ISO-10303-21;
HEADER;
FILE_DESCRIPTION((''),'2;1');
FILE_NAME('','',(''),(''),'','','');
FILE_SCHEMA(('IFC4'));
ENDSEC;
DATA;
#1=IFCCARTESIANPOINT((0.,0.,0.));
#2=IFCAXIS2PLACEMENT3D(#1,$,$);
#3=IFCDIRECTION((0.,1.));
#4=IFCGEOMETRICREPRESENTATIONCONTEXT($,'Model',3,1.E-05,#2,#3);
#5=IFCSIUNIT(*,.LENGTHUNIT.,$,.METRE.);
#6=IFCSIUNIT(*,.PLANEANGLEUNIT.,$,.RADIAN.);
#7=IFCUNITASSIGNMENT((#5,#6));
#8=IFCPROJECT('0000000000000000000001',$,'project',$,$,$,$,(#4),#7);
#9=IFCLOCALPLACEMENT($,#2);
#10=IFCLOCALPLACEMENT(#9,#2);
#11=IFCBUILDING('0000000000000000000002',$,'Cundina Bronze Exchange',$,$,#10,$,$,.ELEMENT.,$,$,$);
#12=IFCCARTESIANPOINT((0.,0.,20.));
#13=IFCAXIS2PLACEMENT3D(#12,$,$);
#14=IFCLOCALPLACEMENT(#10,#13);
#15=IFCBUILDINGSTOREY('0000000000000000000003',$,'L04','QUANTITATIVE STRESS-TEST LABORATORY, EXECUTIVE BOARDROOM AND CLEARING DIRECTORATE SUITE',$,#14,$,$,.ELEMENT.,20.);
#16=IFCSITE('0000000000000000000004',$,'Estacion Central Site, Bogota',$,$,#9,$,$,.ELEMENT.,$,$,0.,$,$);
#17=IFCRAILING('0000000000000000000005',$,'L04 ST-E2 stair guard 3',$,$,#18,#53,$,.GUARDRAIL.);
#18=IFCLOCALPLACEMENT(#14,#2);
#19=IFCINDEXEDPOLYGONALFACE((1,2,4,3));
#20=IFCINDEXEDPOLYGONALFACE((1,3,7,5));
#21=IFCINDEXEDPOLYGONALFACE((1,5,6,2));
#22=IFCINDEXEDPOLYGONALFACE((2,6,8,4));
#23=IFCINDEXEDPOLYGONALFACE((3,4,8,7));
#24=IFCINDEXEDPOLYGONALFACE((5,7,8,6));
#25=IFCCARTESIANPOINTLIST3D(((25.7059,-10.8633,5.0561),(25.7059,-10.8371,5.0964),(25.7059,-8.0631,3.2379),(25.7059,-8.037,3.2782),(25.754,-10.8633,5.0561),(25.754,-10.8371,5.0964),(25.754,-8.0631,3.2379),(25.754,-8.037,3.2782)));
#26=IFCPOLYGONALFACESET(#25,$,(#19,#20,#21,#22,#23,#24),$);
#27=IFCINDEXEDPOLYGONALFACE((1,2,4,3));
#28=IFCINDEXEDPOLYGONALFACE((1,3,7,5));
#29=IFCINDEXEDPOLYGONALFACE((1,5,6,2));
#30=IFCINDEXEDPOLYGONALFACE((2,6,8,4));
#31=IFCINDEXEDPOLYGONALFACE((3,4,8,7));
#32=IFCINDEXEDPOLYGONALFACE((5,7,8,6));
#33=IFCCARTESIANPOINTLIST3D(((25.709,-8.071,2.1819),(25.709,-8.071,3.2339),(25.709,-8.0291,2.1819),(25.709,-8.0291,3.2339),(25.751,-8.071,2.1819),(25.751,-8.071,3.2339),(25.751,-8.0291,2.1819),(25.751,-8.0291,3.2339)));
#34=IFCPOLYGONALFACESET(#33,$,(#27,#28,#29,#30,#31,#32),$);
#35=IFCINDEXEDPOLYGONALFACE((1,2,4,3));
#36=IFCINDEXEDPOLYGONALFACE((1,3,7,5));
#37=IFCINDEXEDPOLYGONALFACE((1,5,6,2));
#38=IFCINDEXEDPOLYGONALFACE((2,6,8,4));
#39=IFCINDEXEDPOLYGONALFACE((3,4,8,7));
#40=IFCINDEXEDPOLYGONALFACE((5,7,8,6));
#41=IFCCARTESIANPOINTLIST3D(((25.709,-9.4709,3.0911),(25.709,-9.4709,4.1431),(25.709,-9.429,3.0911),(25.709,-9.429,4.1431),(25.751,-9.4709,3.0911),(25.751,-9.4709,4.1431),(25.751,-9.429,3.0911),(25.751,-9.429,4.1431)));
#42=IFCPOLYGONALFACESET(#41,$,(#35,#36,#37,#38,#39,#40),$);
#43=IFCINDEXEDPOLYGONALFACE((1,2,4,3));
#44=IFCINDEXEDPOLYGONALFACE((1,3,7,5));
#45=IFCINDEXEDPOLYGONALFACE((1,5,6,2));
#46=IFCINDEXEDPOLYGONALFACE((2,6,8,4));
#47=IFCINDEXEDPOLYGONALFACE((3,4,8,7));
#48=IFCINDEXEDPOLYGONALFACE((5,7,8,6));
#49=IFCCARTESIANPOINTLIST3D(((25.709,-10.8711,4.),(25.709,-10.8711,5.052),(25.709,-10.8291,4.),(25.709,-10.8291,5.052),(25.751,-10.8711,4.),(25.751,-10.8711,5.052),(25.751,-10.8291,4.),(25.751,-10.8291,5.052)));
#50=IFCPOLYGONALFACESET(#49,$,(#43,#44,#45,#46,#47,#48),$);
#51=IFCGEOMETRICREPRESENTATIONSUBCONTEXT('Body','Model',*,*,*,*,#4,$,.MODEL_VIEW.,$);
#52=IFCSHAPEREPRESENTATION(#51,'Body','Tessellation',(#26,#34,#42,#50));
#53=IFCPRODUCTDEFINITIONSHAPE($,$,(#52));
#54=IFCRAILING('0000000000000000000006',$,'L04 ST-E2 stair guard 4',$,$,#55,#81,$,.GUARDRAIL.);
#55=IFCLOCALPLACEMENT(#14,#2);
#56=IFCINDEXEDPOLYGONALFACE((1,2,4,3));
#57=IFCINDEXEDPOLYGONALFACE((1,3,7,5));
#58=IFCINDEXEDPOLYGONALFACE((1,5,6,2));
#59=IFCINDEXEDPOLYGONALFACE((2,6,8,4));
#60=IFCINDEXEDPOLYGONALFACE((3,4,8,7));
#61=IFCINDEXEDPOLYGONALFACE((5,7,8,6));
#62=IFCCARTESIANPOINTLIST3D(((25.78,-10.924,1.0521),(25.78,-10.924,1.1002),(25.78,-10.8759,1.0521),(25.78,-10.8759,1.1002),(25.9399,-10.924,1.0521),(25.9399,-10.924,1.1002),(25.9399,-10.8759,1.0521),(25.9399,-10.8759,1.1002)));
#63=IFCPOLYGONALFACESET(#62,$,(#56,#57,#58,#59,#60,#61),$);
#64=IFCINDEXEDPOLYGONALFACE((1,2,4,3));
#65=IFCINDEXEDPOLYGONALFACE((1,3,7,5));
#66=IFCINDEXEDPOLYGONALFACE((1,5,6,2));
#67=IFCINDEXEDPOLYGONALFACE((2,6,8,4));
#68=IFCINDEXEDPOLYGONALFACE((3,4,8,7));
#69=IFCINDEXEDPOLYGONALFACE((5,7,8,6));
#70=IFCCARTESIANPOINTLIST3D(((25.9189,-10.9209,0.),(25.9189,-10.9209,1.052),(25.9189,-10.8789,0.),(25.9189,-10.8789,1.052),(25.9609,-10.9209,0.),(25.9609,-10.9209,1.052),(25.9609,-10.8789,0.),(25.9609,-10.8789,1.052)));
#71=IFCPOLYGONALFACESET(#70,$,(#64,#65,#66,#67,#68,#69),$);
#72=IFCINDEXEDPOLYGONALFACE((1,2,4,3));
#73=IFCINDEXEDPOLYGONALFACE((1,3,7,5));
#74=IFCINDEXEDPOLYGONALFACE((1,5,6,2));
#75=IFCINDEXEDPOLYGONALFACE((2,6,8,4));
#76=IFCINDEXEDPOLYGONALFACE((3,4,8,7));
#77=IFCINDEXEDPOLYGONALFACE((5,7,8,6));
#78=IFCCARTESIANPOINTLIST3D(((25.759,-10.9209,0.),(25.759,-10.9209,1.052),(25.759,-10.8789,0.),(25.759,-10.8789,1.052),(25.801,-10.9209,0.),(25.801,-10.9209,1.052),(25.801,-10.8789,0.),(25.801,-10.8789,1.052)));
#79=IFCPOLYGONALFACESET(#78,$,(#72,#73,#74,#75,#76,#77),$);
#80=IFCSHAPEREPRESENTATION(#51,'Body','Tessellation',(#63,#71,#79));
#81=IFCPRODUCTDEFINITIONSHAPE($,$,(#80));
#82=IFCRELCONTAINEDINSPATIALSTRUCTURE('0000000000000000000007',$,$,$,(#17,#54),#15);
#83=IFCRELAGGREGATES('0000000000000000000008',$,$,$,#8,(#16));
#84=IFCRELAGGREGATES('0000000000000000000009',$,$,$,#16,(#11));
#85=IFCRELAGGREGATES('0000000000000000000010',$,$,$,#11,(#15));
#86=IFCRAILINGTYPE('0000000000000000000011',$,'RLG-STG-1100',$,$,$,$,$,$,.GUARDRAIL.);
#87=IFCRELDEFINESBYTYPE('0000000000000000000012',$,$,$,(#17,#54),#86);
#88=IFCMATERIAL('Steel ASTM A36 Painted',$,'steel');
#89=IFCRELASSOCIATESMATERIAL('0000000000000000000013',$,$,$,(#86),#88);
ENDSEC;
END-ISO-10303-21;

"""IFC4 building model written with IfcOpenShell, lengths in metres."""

from ifc_helpers import new_model, si_unit, direction, frame, origin, origin_2d, place, context, subcontext, project, spatial, rectangle, extrude, material, type_object, element, save


model = new_model("IFC4")

# Units and contexts
model_context = context("Model", 3, precision=1e-05, world=origin(), true_north=direction((0.0, 1.0)))
body_context = subcontext(model_context, "Body", "Model", "MODEL_VIEW")
ifc_project = project(units=[si_unit("LENGTHUNIT", "METRE"), si_unit("PLANEANGLEUNIT", "RADIAN")], contexts=[model_context])

# Site, building, storey
site_placement = place(None, origin())
site = spatial("IfcSite", under=ifc_project, at=site_placement, Name="Estacion Central Site, Bogota", CompositionType="ELEMENT", RefElevation=0.0)
building_placement = place(site_placement, origin())
building = spatial("IfcBuilding", under=site, at=building_placement, Name="Cundina Bronze Exchange", CompositionType="ELEMENT")
storey_placement = place(building_placement, frame((0.0, 0.0, 20.0)))
storey = spatial("IfcBuildingStorey", under=building, at=storey_placement, Name="L04", Description="QUANTITATIVE STRESS-TEST LABORATORY, EXECUTIVE BOARDROOM AND CLEARING DIRECTORATE SUITE", CompositionType="ELEMENT", Elevation=20.0)

# Shared definitions
ifc_material_1 = material(Name="Steel ASTM A36 Painted", Category="steel")

# Railings
railing_type_1 = type_object("IfcRailingType", Name="RLG-STG-1100", PredefinedType="GUARDRAIL", material=ifc_material_1)
railing_1_placement = place(storey_placement, frame((25.73, -8.05, 2.1819)))
element("IfcRailing", 1, at=railing_1_placement, inside=storey, type_object=railing_type_1, Name="L04 ST-E2 stair guard 3", PredefinedType="GUARDRAIL", context=body_context, shape_type="SweptSolid", body=[
    extrude(rectangle(XDim=0.0481, YDim=0.0481, at=origin_2d()), frame((0.0, 0.0, 1.0762), z_axis=(0.0, -0.838706, 0.544585), x_axis=(1.0, 0.0, 0.0)), (0.0, 0.0, 1.0), 3.3386),
    extrude(rectangle(XDim=0.042, YDim=0.042, at=origin_2d()), origin(), (0.0, 0.0, 1.0), 1.052),
    extrude(rectangle(XDim=0.042, YDim=0.042, at=origin_2d()), frame((0.0, -1.3999, 0.9092)), (0.0, 0.0, 1.0), 1.052),
    extrude(rectangle(XDim=0.042, YDim=0.042, at=origin_2d()), frame((0.0, -2.8, 1.8181)), (0.0, 0.0, 1.0), 1.052),
])
railing_2_placement = place(storey_placement, frame((25.9399, -10.8999, 0.0)))
element("IfcRailing", 2, at=railing_2_placement, inside=storey, type_object=railing_type_1, Name="L04 ST-E2 stair guard 4", PredefinedType="GUARDRAIL", context=body_context, shape_type="SweptSolid", body=[
    extrude(rectangle(XDim=0.0481, YDim=0.0481, at=origin_2d()), frame((0.0, 0.0, 1.0762), z_axis=(-1.0, 0.0, 0.0), x_axis=(0.0, -1.0, 0.0)), (0.0, 0.0, 1.0), 0.1599),
    extrude(rectangle(XDim=0.042, YDim=0.042, at=origin_2d()), origin(), (0.0, 0.0, 1.0), 1.052),
    extrude(rectangle(XDim=0.042, YDim=0.042, at=origin_2d()), frame((-0.1599, 0.0, 0.0)), (0.0, 0.0, 1.0), 1.052),
])

save(model, "model.ifc")
